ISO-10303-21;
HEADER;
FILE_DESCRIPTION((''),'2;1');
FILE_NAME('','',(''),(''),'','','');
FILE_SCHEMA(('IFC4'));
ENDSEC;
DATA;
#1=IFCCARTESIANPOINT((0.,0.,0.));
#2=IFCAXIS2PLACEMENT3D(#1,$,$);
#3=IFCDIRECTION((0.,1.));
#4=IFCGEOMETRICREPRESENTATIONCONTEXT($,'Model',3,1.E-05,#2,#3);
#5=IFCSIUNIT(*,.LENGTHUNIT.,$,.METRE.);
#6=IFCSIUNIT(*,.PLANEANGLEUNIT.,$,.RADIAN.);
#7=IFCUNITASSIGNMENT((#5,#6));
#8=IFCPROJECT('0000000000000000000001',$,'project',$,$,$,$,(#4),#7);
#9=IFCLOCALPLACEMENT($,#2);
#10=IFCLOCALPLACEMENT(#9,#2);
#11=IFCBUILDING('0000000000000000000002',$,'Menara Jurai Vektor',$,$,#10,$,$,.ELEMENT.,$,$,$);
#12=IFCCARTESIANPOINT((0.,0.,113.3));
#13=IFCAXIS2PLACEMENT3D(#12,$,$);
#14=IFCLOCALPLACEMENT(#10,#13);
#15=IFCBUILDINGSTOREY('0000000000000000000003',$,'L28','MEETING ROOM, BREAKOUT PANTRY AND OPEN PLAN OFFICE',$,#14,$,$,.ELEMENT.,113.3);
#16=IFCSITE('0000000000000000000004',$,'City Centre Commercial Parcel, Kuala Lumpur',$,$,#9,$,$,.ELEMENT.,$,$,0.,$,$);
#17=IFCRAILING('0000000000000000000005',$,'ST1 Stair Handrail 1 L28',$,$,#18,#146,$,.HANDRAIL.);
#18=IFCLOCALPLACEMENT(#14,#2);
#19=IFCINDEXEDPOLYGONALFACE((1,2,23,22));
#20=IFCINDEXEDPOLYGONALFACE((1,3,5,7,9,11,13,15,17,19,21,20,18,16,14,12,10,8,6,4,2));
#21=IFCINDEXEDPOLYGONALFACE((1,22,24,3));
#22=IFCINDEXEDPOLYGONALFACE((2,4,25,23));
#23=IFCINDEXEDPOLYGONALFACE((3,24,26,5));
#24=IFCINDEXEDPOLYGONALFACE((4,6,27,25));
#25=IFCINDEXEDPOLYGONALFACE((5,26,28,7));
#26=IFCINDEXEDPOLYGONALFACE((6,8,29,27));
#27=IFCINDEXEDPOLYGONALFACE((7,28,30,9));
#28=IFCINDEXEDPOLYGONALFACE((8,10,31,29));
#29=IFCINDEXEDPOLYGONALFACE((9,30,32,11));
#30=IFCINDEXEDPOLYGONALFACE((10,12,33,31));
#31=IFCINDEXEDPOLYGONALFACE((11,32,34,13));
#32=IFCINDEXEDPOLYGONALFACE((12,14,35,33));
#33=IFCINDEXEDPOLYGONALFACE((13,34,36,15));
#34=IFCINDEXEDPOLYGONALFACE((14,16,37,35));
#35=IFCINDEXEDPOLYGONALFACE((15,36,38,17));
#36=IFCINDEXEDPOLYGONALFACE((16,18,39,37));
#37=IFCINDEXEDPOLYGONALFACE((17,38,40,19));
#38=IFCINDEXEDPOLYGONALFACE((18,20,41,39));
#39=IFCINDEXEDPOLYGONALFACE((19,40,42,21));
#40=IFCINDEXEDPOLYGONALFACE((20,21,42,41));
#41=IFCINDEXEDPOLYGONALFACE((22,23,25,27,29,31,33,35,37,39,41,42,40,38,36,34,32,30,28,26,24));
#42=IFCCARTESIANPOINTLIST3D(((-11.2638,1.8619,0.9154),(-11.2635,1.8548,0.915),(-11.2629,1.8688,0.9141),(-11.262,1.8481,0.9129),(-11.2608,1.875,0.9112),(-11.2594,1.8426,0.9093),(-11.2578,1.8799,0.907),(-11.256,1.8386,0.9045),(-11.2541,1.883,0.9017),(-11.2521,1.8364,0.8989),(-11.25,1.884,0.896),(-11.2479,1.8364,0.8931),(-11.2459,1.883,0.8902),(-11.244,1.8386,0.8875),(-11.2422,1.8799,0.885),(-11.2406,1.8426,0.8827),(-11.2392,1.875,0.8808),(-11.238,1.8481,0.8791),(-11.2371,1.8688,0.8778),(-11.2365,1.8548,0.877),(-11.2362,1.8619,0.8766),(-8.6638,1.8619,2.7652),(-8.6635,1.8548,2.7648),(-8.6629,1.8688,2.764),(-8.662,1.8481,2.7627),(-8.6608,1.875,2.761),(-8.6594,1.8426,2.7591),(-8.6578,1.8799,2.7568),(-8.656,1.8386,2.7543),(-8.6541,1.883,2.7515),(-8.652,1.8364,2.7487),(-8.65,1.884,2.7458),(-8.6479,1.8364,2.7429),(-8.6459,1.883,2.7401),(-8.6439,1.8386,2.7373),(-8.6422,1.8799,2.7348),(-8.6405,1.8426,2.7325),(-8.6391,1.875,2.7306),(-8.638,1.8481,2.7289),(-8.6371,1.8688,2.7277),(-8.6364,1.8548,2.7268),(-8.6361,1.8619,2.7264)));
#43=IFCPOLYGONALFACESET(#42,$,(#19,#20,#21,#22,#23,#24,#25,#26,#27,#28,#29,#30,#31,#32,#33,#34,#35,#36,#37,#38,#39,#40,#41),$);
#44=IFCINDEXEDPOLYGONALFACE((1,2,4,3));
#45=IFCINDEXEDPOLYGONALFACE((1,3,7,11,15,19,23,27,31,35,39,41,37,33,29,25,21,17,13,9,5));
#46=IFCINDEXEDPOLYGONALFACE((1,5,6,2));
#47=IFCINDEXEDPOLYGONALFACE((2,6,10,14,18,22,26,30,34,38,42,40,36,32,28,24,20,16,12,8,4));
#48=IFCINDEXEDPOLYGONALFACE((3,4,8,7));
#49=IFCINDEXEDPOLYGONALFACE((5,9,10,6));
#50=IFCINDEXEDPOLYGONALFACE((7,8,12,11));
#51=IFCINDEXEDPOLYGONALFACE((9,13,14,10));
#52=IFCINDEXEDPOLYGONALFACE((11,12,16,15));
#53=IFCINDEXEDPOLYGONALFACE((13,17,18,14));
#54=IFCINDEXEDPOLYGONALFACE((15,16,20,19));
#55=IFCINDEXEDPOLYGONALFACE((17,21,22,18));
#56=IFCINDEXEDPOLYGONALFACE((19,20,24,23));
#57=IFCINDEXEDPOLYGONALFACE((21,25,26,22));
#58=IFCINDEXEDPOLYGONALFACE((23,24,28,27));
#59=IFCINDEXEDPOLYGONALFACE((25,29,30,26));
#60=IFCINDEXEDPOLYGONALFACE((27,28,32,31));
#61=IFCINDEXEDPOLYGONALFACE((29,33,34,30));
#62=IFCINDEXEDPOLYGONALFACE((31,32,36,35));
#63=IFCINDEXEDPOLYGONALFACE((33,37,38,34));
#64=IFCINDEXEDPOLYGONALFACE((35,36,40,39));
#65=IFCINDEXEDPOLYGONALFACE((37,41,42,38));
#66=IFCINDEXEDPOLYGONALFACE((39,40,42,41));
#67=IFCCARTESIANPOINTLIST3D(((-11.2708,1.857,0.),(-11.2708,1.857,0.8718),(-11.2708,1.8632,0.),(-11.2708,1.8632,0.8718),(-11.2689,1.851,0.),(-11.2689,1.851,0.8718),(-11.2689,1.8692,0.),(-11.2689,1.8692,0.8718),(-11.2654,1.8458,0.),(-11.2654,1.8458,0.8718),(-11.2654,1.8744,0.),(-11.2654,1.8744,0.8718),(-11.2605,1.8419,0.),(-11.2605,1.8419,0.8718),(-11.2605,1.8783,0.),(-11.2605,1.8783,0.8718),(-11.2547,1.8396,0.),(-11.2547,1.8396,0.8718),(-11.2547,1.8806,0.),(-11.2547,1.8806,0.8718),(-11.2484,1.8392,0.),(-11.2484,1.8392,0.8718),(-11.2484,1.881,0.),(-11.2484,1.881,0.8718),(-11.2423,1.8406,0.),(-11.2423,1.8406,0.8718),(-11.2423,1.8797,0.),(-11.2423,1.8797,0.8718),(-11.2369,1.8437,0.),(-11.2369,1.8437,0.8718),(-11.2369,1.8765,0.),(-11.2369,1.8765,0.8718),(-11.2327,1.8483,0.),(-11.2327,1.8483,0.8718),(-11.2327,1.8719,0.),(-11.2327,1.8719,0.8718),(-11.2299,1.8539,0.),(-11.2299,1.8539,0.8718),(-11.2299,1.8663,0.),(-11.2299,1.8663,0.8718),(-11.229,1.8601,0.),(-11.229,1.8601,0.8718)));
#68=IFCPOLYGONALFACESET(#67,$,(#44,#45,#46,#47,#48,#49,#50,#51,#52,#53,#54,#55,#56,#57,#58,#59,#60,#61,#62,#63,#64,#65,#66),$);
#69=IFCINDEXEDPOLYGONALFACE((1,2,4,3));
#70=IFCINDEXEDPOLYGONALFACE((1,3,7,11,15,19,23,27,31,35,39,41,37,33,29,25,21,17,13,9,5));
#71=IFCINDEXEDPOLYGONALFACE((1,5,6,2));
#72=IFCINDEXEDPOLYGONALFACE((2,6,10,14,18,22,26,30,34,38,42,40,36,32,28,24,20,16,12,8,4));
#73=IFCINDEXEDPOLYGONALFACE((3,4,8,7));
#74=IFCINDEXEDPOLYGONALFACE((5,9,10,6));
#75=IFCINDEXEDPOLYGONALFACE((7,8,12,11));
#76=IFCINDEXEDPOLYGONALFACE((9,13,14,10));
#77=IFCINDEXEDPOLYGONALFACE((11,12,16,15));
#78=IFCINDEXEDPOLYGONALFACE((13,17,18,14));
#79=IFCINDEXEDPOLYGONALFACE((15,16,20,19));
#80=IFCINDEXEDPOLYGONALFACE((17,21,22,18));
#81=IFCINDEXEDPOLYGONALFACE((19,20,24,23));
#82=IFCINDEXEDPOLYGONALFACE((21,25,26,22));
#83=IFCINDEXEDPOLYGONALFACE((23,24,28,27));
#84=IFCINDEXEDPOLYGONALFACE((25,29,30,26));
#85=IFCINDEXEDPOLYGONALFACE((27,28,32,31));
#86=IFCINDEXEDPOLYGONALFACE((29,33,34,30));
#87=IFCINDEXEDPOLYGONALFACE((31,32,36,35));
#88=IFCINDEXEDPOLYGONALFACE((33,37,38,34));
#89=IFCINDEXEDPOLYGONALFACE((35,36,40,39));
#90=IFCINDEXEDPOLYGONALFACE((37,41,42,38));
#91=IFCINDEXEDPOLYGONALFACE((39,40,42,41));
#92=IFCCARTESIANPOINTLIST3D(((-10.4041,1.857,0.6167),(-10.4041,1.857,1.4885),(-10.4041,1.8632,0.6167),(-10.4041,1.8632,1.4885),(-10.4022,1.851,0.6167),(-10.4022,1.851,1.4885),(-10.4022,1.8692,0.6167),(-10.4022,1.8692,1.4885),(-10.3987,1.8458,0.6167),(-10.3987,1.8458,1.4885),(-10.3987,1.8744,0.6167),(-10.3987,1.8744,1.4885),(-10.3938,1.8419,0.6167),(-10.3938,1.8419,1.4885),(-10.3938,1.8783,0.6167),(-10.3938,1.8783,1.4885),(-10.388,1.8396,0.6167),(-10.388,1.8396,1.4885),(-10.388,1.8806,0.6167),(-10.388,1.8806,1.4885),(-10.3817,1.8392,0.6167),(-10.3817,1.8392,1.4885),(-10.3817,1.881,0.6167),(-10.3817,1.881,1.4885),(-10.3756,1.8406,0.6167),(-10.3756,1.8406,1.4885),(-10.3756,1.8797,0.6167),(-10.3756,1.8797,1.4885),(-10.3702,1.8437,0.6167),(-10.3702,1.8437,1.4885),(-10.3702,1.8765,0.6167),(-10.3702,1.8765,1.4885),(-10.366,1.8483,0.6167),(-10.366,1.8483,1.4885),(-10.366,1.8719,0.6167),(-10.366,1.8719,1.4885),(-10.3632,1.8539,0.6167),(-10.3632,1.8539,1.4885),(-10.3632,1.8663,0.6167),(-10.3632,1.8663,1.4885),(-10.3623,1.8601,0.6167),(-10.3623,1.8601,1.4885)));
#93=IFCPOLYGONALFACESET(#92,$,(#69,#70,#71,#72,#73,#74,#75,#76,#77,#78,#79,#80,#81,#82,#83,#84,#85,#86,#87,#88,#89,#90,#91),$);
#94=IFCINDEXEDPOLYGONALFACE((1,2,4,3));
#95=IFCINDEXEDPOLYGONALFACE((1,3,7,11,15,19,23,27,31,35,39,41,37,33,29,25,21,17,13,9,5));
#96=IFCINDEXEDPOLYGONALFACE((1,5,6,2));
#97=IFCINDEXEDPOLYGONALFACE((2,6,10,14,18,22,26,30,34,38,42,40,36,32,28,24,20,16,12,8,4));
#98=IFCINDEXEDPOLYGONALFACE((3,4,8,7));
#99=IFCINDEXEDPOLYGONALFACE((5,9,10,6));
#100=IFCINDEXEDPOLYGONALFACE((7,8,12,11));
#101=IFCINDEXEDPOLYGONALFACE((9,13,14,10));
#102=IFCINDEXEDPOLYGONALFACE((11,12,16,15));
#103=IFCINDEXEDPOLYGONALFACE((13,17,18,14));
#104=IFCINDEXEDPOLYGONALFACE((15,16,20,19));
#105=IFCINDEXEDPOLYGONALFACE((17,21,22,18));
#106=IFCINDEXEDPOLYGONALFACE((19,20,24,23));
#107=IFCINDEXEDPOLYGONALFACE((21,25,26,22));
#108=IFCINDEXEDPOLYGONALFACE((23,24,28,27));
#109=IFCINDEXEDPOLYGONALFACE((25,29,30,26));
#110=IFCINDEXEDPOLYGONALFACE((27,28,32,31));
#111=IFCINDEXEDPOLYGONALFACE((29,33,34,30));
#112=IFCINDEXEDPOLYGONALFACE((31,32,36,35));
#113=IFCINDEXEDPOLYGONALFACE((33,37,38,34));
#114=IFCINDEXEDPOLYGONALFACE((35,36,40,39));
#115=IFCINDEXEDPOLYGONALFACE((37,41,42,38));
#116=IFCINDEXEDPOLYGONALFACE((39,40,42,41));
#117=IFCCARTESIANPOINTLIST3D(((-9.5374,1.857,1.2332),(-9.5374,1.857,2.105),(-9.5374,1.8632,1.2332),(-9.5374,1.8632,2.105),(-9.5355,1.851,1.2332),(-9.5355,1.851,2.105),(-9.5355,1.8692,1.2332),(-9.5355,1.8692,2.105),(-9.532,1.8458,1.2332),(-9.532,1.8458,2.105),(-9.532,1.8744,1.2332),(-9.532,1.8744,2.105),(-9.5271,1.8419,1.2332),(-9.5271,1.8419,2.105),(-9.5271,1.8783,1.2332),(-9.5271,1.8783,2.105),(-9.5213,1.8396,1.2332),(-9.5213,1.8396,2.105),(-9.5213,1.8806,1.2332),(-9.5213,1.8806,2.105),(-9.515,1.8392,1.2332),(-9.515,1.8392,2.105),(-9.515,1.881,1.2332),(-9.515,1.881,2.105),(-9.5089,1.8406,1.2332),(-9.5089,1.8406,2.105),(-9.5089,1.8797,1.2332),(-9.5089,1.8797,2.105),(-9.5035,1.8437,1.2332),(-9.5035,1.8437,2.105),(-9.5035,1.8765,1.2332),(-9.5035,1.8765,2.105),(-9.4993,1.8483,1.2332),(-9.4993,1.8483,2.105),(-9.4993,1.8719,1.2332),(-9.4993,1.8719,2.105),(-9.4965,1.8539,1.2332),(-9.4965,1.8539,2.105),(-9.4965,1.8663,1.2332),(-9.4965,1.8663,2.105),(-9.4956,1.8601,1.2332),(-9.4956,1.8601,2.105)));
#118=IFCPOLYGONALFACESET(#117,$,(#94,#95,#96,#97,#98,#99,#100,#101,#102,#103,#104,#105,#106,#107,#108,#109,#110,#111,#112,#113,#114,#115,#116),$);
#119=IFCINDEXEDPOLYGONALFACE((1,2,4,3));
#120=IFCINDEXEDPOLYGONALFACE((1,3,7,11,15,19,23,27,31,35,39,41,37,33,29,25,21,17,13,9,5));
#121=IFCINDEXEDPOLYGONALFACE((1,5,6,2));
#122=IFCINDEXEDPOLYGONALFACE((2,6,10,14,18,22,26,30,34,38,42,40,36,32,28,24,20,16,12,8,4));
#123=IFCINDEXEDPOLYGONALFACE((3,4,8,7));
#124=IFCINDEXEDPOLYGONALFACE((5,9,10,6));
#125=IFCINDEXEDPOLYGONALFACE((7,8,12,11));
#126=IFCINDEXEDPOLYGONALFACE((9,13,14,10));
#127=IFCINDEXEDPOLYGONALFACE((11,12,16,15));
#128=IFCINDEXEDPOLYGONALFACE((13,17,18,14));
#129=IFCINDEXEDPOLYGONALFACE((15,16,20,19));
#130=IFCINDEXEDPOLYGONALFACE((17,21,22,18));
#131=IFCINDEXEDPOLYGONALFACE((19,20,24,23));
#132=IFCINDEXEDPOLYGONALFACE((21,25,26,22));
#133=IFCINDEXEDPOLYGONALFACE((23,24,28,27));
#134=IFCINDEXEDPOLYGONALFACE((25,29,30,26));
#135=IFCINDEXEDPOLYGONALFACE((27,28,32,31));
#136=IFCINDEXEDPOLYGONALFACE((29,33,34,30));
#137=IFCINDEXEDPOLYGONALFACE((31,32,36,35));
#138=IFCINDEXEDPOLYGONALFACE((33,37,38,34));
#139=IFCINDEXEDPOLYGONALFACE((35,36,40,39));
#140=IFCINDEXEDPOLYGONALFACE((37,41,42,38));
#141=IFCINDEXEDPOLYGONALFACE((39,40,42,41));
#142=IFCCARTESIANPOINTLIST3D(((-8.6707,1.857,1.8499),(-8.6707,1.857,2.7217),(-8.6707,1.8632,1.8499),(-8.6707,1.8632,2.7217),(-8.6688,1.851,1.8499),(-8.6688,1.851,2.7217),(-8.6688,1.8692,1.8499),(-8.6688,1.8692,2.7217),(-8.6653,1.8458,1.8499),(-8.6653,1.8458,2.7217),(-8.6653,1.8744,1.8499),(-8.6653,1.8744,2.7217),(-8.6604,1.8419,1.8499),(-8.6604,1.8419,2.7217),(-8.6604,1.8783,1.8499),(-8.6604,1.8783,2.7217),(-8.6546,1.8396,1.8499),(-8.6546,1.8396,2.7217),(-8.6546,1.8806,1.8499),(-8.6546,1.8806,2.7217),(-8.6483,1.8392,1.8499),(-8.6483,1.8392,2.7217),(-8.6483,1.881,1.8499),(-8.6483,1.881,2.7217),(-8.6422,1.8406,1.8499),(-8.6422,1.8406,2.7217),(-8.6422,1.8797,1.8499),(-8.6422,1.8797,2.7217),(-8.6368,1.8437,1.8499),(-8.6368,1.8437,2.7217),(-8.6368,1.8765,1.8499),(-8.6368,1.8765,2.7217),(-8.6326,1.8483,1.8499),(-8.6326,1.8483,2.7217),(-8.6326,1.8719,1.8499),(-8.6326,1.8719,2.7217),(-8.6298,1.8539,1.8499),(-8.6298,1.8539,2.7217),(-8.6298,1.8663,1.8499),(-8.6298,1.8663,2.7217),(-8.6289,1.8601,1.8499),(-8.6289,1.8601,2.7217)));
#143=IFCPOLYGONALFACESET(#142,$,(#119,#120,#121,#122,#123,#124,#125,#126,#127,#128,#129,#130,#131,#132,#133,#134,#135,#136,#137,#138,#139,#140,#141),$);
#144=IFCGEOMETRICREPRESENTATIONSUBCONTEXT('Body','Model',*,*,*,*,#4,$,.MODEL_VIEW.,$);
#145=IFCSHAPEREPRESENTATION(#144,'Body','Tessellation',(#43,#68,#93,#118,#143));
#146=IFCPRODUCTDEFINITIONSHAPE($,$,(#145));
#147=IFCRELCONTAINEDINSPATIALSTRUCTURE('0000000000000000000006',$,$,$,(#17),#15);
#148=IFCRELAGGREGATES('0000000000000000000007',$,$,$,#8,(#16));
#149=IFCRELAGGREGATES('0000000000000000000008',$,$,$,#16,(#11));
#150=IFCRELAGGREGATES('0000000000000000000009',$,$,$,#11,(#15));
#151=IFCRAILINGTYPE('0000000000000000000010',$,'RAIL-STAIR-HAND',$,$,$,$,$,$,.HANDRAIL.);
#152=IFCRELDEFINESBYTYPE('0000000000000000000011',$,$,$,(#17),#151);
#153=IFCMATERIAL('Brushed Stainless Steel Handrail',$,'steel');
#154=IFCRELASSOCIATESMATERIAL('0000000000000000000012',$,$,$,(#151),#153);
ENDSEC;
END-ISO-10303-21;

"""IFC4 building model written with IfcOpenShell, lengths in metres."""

from ifc_helpers import new_model, si_unit, direction, frame, origin, origin_2d, place, context, subcontext, project, spatial, circle, extrude, material, type_object, element, save


model = new_model("IFC4")

# Units and contexts
model_context = context("Model", 3, precision=1e-05, world=origin(), true_north=direction((0.0, 1.0)))
body_context = subcontext(model_context, "Body", "Model", "MODEL_VIEW")
ifc_project = project(units=[si_unit("LENGTHUNIT", "METRE"), si_unit("PLANEANGLEUNIT", "RADIAN")], contexts=[model_context])

# Site, building, storey
site_placement = place(None, origin())
site = spatial("IfcSite", under=ifc_project, at=site_placement, Name="City Centre Commercial Parcel, Kuala Lumpur", CompositionType="ELEMENT", RefElevation=0.0)
building_placement = place(site_placement, origin())
building = spatial("IfcBuilding", under=site, at=building_placement, Name="Menara Jurai Vektor", CompositionType="ELEMENT")
storey_placement = place(building_placement, frame((0.0, 0.0, 113.3)))
storey = spatial("IfcBuildingStorey", under=building, at=storey_placement, Name="L28", Description="MEETING ROOM, BREAKOUT PANTRY AND OPEN PLAN OFFICE", CompositionType="ELEMENT", Elevation=113.3)

# Railing
ifc_material_1 = material(Name="Brushed Stainless Steel Handrail", Category="steel")
railing_type_1 = type_object("IfcRailingType", Name="RAIL-STAIR-HAND", PredefinedType="HANDRAIL", material=ifc_material_1)
railing_1_placement = place(storey_placement, frame((-11.25, 1.8601, 0.0)))
element("IfcRailing", 1, at=railing_1_placement, inside=storey, type_object=railing_type_1, Name="ST1 Stair Handrail 1 L28", PredefinedType="HANDRAIL", context=body_context, shape_type="SweptSolid", body=[
    extrude(circle(Radius=0.0239, at=origin_2d()), frame((0.0, 0.0, 0.896), z_axis=(0.814823, 0.0, 0.57971), x_axis=(0.0, 1.0, 0.0)), (0.0, 0.0, 1.0), 3.1909),
    extrude(circle(Radius=0.021, at=origin_2d()), origin(), (0.0, 0.0, 1.0), 0.8718),
    extrude(circle(Radius=0.021, at=origin_2d()), frame((0.8667, 0.0, 0.6167)), (0.0, 0.0, 1.0), 0.8718),
    extrude(circle(Radius=0.021, at=origin_2d()), frame((1.7334, 0.0, 1.2332)), (0.0, 0.0, 1.0), 0.8718),
    extrude(circle(Radius=0.021, at=origin_2d()), frame((2.6001, 0.0, 1.8499)), (0.0, 0.0, 1.0), 0.8718),
])

save(model, "model.ifc")
